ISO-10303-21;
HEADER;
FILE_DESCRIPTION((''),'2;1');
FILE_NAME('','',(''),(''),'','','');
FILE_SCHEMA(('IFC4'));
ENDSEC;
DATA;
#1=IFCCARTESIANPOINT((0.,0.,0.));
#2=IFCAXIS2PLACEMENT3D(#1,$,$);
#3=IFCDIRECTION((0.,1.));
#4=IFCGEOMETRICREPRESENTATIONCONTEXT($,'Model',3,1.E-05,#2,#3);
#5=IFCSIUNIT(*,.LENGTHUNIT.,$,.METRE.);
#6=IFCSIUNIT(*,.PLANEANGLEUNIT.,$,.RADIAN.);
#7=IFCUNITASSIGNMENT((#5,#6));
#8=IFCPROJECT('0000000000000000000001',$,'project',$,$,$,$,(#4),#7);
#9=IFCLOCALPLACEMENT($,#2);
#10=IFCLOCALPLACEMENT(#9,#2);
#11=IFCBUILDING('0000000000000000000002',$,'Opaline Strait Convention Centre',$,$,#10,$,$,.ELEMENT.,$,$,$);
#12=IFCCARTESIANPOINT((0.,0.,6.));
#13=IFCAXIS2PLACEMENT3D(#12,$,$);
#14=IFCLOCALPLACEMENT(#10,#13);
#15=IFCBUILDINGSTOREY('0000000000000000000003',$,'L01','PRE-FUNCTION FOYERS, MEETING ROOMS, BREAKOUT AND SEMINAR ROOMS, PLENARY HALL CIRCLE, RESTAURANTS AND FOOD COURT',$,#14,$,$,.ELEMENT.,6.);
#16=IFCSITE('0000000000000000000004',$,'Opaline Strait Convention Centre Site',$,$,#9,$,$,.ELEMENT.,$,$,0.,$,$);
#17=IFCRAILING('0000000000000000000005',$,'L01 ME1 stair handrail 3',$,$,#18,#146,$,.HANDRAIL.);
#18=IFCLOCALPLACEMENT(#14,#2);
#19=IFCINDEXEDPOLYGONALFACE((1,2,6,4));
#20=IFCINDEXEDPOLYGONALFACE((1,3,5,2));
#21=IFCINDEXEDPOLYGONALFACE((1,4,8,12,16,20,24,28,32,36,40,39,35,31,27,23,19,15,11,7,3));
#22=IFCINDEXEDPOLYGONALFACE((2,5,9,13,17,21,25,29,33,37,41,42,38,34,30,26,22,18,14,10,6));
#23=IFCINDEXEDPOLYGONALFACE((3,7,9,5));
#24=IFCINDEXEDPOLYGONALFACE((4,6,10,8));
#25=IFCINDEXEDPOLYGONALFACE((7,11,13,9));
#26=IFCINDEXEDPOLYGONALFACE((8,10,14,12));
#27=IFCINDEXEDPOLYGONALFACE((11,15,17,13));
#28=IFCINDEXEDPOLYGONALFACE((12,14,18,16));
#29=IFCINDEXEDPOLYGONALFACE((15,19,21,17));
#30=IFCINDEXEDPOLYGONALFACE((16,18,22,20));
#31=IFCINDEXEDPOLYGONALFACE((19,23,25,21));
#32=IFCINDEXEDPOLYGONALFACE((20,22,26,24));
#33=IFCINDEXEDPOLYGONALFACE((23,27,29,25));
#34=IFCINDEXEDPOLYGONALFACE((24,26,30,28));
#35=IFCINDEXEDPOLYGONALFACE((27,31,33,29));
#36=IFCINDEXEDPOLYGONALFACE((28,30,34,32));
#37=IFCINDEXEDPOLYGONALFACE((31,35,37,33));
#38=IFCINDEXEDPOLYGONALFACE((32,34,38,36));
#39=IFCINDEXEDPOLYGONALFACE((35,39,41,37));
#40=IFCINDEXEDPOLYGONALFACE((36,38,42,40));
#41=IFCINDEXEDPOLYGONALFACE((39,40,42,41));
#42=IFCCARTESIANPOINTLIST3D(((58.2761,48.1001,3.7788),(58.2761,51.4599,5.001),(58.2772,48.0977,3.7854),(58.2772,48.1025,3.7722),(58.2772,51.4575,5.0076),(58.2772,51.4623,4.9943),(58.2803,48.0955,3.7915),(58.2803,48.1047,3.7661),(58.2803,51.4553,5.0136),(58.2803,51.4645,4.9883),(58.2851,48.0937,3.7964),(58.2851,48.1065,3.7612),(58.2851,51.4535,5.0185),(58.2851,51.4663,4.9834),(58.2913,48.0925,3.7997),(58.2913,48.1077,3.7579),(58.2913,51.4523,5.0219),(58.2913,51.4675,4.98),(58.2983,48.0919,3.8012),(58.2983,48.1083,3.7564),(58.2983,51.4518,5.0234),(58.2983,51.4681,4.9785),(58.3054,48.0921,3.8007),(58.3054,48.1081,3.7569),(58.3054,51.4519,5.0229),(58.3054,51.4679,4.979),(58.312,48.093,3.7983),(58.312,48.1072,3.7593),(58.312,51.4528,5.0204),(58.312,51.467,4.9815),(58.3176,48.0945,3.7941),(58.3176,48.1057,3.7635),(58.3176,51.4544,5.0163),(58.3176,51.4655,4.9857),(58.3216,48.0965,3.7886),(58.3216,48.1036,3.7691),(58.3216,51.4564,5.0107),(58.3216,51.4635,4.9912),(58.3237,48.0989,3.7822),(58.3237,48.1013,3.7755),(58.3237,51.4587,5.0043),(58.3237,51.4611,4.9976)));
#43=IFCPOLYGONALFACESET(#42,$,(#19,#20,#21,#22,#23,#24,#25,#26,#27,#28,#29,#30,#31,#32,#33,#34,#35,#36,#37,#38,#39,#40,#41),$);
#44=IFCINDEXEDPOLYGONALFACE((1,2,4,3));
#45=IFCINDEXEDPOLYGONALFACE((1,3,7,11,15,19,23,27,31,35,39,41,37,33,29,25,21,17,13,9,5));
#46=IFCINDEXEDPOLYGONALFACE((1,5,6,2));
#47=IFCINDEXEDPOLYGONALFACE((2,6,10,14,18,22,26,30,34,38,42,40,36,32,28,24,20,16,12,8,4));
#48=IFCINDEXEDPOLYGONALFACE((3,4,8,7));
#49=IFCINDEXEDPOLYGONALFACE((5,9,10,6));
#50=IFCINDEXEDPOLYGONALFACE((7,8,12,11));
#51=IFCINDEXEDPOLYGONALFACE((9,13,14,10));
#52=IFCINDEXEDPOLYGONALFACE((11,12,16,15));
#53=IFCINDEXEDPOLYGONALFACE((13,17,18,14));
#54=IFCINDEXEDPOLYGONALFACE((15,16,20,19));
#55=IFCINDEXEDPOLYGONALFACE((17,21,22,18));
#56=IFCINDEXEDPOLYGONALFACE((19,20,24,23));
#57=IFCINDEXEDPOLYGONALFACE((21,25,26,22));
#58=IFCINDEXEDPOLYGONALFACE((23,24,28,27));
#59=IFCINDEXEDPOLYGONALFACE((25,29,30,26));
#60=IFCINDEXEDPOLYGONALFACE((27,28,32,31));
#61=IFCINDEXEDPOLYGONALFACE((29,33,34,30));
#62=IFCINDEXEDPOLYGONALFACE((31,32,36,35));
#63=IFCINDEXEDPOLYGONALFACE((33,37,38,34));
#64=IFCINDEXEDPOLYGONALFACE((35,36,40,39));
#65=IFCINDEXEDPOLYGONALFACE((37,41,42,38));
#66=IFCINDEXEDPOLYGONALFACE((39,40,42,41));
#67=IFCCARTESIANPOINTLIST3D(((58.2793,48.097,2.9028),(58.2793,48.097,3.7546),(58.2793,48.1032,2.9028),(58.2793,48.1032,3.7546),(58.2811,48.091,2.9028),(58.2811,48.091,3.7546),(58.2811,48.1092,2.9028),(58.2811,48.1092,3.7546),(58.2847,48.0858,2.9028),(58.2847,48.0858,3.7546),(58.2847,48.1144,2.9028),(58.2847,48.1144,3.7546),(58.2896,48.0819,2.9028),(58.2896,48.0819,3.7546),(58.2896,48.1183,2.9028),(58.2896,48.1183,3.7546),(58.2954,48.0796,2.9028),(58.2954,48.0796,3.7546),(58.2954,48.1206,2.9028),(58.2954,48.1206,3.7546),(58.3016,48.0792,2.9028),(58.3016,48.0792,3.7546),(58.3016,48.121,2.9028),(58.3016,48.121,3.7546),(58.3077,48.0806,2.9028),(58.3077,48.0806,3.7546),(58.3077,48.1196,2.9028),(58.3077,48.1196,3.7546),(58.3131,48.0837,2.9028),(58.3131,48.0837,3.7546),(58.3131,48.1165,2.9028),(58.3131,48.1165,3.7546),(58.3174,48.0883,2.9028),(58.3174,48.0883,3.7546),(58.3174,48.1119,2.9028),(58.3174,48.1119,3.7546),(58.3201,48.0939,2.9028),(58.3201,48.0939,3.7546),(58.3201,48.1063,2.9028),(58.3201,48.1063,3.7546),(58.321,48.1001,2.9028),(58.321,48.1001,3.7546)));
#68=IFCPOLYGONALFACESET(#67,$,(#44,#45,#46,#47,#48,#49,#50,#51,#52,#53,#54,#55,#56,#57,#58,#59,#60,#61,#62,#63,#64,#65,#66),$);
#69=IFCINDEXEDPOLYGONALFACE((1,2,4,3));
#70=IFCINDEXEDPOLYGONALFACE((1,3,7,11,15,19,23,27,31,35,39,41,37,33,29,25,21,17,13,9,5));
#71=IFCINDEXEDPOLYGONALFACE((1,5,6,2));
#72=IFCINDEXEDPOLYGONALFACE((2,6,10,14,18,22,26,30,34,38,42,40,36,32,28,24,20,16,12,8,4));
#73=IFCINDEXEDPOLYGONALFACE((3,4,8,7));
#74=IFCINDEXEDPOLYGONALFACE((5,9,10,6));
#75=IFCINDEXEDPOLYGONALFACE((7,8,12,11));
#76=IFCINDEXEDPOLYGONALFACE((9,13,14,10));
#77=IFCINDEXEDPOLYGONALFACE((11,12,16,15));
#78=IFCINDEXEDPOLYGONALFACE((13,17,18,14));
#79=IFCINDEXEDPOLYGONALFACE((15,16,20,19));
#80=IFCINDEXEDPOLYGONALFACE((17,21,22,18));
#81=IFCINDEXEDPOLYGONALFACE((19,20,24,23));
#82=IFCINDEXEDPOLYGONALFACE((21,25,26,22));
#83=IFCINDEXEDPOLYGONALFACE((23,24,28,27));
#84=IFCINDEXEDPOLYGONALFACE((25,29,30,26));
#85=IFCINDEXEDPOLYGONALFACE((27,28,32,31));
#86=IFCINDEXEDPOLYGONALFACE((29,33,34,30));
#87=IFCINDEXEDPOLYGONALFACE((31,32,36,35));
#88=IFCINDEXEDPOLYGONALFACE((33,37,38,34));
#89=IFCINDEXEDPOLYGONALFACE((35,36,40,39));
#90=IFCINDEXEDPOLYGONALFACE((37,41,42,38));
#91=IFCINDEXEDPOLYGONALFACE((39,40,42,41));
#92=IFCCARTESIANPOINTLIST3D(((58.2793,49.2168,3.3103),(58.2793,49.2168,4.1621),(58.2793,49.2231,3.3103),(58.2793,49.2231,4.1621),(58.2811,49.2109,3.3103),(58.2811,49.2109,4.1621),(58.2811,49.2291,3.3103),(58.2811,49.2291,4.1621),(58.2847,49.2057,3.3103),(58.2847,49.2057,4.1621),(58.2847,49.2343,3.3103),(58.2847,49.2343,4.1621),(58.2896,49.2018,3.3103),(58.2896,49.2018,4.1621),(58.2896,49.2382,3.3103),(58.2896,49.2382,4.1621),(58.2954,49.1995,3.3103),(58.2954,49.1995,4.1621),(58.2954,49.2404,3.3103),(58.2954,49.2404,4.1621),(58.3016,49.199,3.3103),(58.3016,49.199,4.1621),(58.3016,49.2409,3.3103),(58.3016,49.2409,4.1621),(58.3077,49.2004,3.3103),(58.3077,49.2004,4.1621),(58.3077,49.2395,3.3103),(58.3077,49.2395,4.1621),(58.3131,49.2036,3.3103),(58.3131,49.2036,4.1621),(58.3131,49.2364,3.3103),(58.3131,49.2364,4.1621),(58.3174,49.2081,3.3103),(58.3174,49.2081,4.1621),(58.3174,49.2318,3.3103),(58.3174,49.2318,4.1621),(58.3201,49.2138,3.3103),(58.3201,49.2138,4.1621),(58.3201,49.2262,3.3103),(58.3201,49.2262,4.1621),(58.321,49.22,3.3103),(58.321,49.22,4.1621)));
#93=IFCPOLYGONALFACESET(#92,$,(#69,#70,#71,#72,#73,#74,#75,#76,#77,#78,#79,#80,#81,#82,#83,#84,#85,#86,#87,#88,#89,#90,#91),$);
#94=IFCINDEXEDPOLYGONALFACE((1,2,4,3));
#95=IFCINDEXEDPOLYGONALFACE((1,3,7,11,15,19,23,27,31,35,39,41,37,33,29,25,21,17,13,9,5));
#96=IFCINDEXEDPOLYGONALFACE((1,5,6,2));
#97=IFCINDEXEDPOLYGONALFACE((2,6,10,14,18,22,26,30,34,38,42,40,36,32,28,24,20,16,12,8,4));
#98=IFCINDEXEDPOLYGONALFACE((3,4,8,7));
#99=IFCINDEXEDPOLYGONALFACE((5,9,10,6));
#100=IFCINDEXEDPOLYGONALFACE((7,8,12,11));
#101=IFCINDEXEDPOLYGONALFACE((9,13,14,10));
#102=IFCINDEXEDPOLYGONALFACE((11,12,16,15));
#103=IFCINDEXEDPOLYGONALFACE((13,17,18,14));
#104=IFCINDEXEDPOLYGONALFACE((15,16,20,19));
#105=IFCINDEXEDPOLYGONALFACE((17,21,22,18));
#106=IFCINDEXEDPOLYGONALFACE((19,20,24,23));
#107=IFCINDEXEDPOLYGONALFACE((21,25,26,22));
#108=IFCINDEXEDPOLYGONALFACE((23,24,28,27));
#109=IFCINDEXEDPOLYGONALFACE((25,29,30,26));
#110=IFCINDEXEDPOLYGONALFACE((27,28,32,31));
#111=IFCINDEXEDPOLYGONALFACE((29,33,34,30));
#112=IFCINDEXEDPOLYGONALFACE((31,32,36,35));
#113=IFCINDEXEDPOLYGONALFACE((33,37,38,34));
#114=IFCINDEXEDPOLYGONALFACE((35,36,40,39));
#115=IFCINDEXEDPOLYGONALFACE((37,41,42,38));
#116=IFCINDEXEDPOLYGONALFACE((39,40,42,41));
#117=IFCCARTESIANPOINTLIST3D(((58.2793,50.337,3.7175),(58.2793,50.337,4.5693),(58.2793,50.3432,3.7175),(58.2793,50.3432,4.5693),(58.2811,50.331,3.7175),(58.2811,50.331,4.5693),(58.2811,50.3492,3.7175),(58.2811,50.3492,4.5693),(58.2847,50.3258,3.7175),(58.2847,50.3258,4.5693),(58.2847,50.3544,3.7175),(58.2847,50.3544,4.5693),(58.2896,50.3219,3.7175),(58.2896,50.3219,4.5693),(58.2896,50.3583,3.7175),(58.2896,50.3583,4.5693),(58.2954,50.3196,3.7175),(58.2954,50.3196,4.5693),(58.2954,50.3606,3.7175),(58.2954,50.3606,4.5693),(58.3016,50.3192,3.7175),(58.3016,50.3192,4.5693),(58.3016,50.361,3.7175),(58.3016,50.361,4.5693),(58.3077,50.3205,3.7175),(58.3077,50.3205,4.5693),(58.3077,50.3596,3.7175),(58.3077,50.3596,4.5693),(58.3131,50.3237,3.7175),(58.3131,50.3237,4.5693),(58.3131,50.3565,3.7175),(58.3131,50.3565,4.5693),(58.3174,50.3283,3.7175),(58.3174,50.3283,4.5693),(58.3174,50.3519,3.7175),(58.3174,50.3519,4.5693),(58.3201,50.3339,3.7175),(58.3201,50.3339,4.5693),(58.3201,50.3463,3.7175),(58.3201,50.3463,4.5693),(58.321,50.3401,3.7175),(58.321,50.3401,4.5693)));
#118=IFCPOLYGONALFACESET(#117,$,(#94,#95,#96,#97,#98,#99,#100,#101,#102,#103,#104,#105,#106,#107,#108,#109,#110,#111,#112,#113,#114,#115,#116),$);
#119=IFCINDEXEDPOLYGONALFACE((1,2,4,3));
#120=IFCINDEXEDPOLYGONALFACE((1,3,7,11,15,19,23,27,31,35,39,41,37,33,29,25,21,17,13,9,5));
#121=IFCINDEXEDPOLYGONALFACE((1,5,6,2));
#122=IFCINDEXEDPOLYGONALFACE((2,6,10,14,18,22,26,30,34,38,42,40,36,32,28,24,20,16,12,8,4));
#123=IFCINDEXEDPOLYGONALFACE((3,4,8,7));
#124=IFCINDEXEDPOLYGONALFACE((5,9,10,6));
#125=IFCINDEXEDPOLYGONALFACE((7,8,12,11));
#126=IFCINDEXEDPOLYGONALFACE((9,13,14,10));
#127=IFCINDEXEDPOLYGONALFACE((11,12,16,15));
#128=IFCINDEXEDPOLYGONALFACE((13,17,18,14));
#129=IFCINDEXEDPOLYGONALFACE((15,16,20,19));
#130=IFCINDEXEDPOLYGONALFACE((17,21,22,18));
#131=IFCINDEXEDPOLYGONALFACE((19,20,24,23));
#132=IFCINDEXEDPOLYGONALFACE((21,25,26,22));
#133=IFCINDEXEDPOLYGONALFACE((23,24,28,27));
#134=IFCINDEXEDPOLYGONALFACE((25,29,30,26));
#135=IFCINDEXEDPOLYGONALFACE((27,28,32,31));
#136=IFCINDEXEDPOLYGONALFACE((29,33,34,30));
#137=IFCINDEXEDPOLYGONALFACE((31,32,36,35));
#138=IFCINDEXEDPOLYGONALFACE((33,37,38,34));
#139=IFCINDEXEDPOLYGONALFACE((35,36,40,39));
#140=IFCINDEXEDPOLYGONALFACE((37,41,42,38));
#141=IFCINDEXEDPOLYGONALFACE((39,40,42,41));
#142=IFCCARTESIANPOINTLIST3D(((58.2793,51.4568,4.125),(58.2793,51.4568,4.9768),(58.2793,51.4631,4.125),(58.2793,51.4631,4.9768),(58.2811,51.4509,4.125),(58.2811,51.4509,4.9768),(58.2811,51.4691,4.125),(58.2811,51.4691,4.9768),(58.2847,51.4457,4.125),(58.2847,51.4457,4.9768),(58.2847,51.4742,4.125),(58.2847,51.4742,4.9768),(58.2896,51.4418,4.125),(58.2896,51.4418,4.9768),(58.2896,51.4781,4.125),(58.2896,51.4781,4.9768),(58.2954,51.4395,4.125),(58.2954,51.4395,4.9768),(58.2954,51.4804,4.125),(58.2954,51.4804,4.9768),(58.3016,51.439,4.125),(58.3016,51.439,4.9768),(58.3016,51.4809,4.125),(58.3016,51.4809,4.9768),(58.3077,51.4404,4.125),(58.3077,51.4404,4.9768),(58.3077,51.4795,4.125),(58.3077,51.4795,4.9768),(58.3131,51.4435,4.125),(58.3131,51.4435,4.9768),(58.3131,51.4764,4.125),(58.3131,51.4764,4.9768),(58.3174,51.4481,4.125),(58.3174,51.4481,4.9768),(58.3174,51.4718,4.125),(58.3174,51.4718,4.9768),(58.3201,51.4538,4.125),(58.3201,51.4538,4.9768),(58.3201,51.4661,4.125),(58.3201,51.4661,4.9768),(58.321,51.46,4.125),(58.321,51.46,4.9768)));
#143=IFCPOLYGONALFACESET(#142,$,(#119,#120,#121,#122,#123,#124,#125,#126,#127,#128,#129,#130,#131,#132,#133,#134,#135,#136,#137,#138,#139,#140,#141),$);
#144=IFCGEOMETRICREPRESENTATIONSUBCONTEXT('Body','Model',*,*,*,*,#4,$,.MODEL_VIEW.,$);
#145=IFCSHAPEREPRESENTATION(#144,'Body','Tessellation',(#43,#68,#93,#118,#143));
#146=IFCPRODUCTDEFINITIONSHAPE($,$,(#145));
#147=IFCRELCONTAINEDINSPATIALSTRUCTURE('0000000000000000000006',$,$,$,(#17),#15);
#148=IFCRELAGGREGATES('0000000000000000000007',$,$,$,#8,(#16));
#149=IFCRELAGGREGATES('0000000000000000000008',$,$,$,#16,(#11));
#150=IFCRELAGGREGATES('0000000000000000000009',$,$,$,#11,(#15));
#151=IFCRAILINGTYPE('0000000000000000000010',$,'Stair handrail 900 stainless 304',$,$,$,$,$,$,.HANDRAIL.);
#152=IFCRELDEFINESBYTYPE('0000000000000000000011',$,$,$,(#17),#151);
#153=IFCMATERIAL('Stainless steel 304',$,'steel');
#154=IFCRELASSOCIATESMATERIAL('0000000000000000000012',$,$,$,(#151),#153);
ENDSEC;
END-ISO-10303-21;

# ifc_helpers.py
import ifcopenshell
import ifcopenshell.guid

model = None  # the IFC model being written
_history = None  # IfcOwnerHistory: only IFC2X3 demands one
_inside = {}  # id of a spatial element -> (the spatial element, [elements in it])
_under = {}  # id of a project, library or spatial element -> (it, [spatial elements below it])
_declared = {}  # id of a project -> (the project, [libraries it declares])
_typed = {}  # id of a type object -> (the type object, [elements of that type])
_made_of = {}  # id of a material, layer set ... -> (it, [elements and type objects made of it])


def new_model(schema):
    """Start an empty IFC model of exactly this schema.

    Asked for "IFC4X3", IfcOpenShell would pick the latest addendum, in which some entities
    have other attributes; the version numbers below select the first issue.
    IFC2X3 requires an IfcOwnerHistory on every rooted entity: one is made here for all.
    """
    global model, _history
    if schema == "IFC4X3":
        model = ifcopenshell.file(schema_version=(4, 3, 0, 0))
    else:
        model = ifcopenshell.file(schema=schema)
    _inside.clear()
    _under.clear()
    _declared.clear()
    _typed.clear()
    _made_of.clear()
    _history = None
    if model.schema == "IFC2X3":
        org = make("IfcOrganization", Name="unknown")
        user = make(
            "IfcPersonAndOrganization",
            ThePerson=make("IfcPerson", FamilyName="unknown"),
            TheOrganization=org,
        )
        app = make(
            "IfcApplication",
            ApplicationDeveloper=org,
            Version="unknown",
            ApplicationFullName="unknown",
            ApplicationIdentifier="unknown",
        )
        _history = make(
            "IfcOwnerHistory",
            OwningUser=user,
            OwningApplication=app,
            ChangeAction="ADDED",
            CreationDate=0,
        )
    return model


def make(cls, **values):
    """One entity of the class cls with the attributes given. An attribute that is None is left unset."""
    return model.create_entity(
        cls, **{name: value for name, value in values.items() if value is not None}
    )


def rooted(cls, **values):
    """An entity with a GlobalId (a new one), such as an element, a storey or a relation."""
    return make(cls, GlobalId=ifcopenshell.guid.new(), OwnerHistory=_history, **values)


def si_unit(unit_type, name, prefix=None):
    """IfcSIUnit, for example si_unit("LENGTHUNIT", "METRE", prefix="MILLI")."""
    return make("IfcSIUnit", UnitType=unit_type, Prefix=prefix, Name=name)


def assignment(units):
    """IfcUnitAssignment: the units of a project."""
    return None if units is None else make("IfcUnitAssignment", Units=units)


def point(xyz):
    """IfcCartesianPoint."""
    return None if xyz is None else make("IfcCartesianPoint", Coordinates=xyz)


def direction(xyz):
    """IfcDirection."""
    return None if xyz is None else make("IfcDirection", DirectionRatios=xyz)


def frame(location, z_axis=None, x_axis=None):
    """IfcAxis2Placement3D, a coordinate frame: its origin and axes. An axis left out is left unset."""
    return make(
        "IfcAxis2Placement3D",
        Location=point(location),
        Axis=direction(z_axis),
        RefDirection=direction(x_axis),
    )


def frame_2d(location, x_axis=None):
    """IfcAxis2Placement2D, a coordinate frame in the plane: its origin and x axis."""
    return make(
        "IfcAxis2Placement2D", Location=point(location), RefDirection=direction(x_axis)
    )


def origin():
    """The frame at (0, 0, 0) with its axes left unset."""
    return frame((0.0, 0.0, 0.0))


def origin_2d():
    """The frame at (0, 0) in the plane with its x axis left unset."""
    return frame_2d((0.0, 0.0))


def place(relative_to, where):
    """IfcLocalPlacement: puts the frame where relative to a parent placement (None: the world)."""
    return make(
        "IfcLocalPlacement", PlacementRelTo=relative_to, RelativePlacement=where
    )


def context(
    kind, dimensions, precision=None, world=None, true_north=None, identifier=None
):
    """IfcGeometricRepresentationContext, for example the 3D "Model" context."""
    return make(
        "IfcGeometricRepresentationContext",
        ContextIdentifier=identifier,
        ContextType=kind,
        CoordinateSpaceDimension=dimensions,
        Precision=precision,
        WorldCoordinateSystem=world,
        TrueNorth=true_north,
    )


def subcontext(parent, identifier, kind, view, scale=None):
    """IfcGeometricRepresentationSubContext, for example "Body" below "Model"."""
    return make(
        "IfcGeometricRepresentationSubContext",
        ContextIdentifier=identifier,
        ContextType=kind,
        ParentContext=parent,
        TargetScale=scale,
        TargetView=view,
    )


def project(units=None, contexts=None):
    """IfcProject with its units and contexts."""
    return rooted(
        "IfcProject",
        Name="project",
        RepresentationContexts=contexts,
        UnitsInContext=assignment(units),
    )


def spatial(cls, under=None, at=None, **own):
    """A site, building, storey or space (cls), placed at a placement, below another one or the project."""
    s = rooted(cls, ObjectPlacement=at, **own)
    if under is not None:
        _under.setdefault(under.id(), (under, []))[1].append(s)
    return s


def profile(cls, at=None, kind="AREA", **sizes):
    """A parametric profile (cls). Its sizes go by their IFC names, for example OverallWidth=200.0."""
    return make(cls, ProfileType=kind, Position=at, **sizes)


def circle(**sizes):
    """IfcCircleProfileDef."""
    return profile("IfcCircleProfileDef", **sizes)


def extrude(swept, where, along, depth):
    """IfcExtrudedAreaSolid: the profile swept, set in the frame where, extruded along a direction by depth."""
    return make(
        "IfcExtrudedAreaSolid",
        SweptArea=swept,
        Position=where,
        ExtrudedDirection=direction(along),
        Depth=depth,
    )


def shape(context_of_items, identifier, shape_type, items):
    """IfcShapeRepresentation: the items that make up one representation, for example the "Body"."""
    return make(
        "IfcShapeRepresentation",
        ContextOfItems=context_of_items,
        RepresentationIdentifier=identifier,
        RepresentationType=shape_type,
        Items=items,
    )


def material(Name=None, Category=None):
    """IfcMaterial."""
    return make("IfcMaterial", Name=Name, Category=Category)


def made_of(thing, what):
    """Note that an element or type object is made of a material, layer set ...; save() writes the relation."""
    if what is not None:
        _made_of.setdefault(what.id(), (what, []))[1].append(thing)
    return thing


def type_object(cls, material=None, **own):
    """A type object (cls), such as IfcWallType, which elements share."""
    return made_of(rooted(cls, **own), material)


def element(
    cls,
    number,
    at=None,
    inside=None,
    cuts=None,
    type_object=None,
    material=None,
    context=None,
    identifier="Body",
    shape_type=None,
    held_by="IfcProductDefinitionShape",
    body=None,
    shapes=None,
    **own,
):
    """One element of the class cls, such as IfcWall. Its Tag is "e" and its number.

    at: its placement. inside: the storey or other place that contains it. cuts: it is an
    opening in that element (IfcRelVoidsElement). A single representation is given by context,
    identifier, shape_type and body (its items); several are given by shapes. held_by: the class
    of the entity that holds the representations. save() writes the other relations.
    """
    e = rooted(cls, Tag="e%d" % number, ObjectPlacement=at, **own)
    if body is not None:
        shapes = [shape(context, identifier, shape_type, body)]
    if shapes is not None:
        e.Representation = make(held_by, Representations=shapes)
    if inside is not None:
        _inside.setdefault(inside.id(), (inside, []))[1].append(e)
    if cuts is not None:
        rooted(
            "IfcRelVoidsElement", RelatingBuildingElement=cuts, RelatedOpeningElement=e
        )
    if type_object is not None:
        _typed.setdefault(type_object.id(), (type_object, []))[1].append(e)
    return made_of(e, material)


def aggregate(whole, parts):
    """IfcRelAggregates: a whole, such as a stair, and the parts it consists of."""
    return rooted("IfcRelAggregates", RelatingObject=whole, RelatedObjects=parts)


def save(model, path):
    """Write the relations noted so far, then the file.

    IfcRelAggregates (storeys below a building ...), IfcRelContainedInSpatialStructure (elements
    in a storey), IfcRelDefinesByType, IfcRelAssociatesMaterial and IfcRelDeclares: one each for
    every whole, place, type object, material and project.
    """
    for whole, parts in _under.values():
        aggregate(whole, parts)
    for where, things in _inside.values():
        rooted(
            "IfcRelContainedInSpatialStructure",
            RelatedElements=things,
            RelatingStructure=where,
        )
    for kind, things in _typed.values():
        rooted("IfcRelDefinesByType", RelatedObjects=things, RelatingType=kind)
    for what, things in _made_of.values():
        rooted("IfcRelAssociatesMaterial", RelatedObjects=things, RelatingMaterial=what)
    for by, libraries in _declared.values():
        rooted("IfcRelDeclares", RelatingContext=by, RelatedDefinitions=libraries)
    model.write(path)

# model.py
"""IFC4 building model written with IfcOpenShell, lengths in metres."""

from ifc_helpers import new_model, si_unit, direction, frame, origin, origin_2d, place, context, subcontext, project, spatial, circle, extrude, material, type_object, element, save


model = new_model("IFC4")

# Units and contexts
model_context = context("Model", 3, precision=1e-05, world=origin(), true_north=direction((0.0, 1.0)))
body_context = subcontext(model_context, "Body", "Model", "MODEL_VIEW")
ifc_project = project(units=[si_unit("LENGTHUNIT", "METRE"), si_unit("PLANEANGLEUNIT", "RADIAN")], contexts=[model_context])

# Site, building, storey
site_placement = place(None, origin())
site = spatial("IfcSite", under=ifc_project, at=site_placement, Name="Opaline Strait Convention Centre Site", CompositionType="ELEMENT", RefElevation=0.0)
building_placement = place(site_placement, origin())
building = spatial("IfcBuilding", under=site, at=building_placement, Name="Opaline Strait Convention Centre", CompositionType="ELEMENT")
storey_placement = place(building_placement, frame((0.0, 0.0, 6.0)))
storey = spatial("IfcBuildingStorey", under=building, at=storey_placement, Name="L01", Description="PRE-FUNCTION FOYERS, MEETING ROOMS, BREAKOUT AND SEMINAR ROOMS, PLENARY HALL CIRCLE, RESTAURANTS AND FOOD COURT", CompositionType="ELEMENT", Elevation=6.0)

# Railing
ifc_material_1 = material(Name="Stainless steel 304", Category="steel")
railing_type_1 = type_object("IfcRailingType", Name="Stair handrail 900 stainless 304", PredefinedType="HANDRAIL", material=ifc_material_1)
for number, where, name in (
    (1, (58.3, 48.1001, 2.9028), "L01 ME1 stair handrail 3"),
):
    element("IfcRailing", number, at=place(storey_placement, frame(where)), inside=storey, type_object=railing_type_1, Name=name, PredefinedType="HANDRAIL", context=body_context, shape_type="SweptSolid", body=[
        extrude(circle(Radius=0.0239, at=origin_2d()), frame((0.0, 0.0, 0.876), z_axis=(0.0, 0.939758, 0.341842), x_axis=(-1.0, 0.0, 0.0)), (0.0, 0.0, 1.0), 3.5752),
        extrude(circle(Radius=0.021, at=origin_2d()), origin(), (0.0, 0.0, 1.0), 0.8518),
        extrude(circle(Radius=0.021, at=origin_2d()), frame((0.0, 1.1199, 0.4075)), (0.0, 0.0, 1.0), 0.8518),
        extrude(circle(Radius=0.021, at=origin_2d()), frame((0.0, 2.24, 0.8147)), (0.0, 0.0, 1.0), 0.8518),
        extrude(circle(Radius=0.021, at=origin_2d()), frame((0.0, 3.3599, 1.2222)), (0.0, 0.0, 1.0), 0.8518),
    ])

save(model, "model.ifc")
